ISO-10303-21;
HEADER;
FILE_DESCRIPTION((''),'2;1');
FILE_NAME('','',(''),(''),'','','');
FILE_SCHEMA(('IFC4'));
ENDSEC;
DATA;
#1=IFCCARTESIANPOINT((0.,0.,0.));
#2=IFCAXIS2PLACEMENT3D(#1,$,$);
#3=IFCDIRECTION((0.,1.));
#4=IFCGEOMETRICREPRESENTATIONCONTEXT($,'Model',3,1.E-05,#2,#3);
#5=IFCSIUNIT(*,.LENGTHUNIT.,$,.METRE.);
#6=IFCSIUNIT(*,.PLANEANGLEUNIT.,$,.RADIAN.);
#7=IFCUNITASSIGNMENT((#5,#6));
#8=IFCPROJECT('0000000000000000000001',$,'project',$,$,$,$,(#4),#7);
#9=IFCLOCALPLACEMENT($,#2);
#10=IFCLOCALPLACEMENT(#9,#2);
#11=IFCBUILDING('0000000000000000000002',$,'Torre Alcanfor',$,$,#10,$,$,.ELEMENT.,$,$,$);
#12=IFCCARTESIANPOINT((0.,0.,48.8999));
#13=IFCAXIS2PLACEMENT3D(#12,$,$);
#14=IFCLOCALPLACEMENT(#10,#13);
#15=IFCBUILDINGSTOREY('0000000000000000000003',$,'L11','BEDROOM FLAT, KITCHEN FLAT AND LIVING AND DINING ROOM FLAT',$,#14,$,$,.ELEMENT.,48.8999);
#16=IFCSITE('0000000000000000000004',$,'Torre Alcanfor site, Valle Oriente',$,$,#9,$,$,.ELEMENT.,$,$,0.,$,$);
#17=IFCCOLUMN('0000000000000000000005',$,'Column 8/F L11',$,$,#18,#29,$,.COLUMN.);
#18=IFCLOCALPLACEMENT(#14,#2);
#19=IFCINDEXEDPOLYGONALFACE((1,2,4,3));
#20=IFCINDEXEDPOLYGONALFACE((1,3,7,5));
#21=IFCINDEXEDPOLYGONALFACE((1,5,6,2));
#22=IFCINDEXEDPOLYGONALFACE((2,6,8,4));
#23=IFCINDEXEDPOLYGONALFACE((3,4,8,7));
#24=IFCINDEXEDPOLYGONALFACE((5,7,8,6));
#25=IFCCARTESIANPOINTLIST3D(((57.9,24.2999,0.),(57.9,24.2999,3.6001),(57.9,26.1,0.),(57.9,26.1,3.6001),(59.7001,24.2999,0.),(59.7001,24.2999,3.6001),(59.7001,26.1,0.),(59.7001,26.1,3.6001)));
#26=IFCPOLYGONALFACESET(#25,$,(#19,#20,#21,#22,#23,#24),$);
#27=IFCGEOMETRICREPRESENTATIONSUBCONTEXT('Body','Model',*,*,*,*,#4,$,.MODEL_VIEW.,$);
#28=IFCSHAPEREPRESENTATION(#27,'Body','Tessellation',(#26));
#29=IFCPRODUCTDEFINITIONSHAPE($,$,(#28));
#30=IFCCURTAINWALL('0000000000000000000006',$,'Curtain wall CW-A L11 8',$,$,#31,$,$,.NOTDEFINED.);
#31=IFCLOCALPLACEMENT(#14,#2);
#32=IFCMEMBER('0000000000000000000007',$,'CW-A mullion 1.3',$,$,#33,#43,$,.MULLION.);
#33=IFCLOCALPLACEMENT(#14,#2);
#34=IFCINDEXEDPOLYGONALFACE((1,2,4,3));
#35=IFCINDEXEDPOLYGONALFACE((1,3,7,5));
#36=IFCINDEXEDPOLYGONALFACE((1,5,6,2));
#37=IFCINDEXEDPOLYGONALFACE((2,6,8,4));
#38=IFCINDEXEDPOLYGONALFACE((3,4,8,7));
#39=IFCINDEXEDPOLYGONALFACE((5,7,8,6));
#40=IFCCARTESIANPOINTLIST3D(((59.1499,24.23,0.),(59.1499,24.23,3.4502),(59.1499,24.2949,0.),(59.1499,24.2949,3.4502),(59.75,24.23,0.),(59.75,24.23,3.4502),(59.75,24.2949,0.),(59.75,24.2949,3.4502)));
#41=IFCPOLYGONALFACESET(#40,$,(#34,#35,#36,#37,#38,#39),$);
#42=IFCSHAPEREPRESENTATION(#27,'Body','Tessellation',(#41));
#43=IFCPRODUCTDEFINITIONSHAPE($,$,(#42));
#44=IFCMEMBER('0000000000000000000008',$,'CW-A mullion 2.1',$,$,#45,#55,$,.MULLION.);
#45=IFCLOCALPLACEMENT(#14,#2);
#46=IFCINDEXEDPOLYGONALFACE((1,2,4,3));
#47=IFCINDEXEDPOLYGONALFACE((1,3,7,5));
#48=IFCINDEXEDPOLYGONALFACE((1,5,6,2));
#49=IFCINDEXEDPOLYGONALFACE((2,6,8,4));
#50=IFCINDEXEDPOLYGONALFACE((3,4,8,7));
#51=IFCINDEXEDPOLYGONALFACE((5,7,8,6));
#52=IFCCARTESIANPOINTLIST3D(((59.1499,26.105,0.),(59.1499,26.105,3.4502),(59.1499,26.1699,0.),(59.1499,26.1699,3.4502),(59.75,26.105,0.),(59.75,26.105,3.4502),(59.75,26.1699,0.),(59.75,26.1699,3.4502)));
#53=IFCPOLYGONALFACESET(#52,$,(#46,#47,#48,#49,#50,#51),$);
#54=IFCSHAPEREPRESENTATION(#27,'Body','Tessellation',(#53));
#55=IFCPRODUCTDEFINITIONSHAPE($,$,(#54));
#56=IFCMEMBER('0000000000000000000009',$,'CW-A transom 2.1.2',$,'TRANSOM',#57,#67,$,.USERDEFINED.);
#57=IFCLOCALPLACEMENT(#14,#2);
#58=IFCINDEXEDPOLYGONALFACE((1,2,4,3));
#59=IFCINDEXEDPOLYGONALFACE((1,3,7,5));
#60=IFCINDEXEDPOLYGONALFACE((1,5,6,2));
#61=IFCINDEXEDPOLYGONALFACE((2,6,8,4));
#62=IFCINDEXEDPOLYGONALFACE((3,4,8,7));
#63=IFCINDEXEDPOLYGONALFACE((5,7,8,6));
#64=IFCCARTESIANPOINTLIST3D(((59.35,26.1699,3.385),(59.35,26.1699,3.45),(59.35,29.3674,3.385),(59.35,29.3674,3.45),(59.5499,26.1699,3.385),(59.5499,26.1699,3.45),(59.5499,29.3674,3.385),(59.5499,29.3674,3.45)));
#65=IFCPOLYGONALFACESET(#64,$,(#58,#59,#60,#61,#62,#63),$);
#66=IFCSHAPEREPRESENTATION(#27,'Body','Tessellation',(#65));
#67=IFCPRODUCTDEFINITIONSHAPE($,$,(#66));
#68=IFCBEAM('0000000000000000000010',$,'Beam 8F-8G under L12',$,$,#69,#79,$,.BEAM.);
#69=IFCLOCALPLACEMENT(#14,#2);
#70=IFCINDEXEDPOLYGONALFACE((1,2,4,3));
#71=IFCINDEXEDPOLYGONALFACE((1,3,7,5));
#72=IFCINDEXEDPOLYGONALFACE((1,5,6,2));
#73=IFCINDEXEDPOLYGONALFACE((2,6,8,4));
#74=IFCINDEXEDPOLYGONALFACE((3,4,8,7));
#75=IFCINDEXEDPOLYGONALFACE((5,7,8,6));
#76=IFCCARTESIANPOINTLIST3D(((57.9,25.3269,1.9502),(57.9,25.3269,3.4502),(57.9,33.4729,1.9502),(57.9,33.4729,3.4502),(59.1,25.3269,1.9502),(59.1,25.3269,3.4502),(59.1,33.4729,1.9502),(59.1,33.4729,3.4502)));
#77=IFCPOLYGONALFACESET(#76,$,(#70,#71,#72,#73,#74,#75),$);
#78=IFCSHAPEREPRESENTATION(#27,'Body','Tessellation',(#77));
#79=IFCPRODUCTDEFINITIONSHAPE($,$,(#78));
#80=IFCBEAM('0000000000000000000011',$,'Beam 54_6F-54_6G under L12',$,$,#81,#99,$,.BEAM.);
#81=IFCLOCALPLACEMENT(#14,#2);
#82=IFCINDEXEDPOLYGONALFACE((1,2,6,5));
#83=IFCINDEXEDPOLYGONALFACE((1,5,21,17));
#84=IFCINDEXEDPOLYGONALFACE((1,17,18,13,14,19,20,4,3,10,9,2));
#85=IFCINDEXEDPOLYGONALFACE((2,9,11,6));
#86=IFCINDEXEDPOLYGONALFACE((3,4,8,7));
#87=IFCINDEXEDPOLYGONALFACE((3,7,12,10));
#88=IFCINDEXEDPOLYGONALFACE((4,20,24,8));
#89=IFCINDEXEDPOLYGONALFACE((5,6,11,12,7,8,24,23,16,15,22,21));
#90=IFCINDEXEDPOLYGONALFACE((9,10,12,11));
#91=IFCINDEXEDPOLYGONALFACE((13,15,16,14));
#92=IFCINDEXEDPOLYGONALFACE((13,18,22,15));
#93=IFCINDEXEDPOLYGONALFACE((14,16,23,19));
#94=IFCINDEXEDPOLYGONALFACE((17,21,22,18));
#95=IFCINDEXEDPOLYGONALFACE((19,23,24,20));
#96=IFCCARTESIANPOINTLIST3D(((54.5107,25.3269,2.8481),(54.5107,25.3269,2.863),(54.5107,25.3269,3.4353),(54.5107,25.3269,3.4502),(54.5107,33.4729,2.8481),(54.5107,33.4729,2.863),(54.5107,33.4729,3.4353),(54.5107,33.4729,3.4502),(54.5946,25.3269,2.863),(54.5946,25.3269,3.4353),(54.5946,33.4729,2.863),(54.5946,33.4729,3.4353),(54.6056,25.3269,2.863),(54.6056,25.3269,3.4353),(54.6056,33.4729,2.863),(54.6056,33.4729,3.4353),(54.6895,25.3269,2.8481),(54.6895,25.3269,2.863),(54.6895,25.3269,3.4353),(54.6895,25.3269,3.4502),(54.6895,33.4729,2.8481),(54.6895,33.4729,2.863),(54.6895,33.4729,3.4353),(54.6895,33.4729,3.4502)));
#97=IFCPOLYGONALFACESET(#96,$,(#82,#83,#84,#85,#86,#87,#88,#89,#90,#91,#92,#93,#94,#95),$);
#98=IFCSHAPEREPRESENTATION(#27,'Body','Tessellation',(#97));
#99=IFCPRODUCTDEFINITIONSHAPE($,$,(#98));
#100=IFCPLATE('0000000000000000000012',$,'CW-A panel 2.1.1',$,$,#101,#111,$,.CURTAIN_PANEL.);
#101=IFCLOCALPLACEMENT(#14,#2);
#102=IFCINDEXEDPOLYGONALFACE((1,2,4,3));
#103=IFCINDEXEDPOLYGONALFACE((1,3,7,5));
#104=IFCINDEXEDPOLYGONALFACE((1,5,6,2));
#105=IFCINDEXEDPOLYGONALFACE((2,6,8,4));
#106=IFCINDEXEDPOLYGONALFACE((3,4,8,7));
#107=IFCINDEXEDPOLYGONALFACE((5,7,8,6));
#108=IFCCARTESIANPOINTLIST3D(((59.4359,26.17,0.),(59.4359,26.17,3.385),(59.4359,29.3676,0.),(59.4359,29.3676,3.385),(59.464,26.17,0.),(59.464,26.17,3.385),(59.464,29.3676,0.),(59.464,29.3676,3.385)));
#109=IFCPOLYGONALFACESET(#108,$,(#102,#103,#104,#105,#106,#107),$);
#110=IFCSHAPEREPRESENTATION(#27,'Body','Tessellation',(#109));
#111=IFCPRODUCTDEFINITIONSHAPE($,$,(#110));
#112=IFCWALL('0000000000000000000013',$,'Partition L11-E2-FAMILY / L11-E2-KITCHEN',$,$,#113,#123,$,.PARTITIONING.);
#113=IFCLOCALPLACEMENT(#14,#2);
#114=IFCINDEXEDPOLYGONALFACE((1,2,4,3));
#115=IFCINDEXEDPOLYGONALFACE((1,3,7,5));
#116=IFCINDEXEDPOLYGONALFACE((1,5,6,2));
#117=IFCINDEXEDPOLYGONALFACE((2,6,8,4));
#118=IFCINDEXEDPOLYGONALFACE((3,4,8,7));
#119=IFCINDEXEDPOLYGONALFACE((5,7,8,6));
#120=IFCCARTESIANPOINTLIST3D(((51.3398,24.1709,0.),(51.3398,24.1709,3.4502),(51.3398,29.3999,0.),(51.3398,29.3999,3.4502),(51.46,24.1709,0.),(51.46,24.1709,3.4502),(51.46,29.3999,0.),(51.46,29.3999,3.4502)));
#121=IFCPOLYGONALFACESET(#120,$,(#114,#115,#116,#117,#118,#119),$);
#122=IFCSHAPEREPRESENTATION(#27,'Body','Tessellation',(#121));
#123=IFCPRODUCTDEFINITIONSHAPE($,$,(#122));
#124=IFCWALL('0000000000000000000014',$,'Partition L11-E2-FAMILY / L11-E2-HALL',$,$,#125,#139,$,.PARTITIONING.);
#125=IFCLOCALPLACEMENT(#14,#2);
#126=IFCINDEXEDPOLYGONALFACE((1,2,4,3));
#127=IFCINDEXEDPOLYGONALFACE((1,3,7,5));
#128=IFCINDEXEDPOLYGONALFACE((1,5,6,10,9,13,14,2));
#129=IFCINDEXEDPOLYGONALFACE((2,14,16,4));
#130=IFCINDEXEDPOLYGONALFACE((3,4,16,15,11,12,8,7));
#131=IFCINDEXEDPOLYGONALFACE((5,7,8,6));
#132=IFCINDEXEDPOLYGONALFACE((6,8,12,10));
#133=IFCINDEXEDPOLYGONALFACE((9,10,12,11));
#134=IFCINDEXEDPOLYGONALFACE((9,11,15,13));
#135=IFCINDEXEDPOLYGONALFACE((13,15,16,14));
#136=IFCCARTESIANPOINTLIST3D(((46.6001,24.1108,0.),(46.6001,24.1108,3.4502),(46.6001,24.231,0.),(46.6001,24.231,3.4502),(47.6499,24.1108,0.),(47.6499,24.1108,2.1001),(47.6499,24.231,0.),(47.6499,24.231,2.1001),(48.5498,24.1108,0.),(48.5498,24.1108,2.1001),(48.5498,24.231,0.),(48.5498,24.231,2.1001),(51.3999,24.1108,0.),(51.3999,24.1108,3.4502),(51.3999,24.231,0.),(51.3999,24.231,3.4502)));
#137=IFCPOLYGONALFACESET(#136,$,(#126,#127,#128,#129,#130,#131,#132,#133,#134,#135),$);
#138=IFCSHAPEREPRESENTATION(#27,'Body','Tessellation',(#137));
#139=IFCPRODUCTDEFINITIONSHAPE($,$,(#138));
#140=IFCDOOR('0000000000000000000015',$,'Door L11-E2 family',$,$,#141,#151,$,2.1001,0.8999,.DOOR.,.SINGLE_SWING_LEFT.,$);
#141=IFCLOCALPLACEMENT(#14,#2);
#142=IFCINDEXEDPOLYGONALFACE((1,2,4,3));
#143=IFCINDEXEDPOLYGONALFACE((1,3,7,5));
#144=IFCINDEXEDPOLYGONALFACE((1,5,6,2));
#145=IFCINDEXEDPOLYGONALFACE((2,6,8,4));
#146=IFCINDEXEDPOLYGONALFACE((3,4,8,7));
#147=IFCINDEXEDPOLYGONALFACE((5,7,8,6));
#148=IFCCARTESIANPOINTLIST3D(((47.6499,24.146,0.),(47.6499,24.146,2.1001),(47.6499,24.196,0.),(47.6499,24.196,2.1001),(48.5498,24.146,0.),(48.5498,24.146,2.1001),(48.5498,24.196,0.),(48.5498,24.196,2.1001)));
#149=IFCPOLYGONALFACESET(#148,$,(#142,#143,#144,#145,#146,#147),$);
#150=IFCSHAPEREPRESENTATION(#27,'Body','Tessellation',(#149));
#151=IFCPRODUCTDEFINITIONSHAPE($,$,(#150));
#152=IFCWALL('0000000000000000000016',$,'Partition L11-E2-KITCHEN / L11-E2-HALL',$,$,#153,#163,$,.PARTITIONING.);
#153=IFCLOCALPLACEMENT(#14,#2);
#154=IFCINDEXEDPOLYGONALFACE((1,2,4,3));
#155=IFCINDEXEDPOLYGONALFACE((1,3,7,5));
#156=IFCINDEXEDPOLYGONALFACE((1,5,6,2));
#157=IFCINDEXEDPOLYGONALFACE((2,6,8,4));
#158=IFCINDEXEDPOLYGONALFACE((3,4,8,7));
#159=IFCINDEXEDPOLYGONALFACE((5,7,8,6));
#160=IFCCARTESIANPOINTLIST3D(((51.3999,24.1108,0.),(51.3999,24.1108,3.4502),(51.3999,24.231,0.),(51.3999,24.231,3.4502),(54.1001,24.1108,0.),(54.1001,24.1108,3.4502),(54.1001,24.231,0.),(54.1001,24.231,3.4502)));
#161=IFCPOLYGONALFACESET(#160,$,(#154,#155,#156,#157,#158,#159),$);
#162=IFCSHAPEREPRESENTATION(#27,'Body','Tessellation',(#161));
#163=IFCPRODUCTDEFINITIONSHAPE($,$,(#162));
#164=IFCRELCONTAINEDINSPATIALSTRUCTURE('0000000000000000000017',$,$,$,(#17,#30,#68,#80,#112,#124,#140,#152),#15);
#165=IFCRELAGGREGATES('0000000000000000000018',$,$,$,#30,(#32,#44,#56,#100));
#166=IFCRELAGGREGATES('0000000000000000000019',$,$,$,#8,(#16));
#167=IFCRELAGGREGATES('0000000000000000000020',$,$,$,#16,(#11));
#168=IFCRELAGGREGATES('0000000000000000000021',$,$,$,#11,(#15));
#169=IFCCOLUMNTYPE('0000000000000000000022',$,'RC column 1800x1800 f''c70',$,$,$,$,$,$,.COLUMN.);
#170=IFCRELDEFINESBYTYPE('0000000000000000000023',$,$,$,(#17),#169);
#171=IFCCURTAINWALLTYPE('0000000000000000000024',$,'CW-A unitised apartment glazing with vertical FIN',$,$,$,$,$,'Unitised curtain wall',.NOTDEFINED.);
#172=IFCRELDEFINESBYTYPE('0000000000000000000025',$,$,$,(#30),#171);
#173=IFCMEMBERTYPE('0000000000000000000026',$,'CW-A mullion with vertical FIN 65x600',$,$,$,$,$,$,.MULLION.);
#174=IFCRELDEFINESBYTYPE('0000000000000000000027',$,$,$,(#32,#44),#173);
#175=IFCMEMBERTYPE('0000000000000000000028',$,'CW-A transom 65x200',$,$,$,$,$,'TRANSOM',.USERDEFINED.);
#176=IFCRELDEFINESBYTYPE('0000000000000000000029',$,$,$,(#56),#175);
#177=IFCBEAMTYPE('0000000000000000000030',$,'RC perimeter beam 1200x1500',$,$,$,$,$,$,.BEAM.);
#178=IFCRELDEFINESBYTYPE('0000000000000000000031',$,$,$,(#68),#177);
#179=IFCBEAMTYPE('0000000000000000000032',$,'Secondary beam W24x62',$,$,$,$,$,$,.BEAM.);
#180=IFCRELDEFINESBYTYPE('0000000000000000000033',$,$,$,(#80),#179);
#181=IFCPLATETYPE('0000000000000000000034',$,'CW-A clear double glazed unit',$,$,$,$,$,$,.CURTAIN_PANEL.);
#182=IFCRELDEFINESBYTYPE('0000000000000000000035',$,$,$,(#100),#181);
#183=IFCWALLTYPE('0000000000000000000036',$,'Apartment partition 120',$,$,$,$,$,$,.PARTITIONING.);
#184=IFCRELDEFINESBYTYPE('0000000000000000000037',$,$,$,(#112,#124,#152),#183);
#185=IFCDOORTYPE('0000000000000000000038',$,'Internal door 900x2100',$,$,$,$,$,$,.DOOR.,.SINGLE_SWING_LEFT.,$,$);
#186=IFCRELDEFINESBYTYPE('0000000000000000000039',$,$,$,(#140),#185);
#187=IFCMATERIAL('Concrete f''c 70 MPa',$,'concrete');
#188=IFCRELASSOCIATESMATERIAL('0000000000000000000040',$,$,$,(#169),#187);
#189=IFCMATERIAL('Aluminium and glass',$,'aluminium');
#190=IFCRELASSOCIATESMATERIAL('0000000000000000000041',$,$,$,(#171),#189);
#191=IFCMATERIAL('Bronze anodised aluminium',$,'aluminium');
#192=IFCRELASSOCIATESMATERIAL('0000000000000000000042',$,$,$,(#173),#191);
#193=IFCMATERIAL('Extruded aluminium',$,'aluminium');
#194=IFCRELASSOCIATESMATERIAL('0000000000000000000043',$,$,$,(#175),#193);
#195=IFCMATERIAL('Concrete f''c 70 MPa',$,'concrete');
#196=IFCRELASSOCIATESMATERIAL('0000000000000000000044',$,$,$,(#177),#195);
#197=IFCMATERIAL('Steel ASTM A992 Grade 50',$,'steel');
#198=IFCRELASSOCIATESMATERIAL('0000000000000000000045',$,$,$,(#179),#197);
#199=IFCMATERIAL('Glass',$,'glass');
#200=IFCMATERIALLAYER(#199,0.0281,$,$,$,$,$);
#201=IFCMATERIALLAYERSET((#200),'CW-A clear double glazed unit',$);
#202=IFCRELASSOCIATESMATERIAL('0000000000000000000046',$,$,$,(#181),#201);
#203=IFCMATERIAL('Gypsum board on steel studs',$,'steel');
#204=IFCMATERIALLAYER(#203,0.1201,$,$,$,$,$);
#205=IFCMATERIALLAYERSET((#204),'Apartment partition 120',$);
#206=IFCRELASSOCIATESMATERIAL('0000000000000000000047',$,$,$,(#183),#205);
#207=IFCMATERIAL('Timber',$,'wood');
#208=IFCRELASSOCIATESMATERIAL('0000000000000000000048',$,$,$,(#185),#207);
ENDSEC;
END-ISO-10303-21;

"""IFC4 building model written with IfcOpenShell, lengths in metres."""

from ifc_helpers import new_model, si_unit, direction, frame, frame_2d, origin, origin_2d, place, context, subcontext, project, spatial, rectangle, i_section, extrude, material, layer, layer_set, material_profile, profile_set, type_object, element, fill, aggregate, save


model = new_model("IFC4")

# Units and contexts
model_context = context("Model", 3, precision=1e-05, world=origin(), true_north=direction((0.0, 1.0)))
body_context = subcontext(model_context, "Body", "Model", "MODEL_VIEW")
ifc_project = project(units=[si_unit("LENGTHUNIT", "METRE"), si_unit("PLANEANGLEUNIT", "RADIAN")], contexts=[model_context])

# Site, building, storey
site_placement = place(None, origin())
site = spatial("IfcSite", under=ifc_project, at=site_placement, Name="Torre Alcanfor site, Valle Oriente", CompositionType="ELEMENT", RefElevation=0.0)
building_placement = place(site_placement, origin())
building = spatial("IfcBuilding", under=site, at=building_placement, Name="Torre Alcanfor", CompositionType="ELEMENT")
storey_placement = place(building_placement, frame((0.0, 0.0, 48.8999)))
storey = spatial("IfcBuildingStorey", under=building, at=storey_placement, Name="L11", Description="BEDROOM FLAT, KITCHEN FLAT AND LIVING AND DINING ROOM FLAT", CompositionType="ELEMENT", Elevation=48.8999)

# Column
ifc_material_1 = material(Name="Concrete f'c 70 MPa", Category="concrete")
ifc_material_profile_1 = material_profile(ifc_material_1, rectangle(XDim=1.8, YDim=1.8, at=origin_2d()), Name="1800x1800")
ifc_profile_set_1 = profile_set([ifc_material_profile_1], Name="Concrete f'c 70 MPa")
column_type = type_object("IfcColumnType", Name="RC column 1800x1800 f'c70", PredefinedType="COLUMN", material=ifc_profile_set_1)
column_placement = place(storey_placement, frame((58.8, 25.2, 0.0), z_axis=(0.0, 0.0, 1.0), x_axis=(1.0, 0.0, 0.0)))
element("IfcColumn", 1, at=column_placement, inside=storey, type_object=column_type, Name="Column 8/F L11", PredefinedType="COLUMN", context=body_context, shape_type="SweptSolid", body=[
    extrude(rectangle(XDim=1.8, YDim=1.8, at=origin_2d()), origin(), (0.0, 0.0, 1.0), 3.6001),
])

# Curtain wall, members
ifc_material_2 = material(Name="Aluminium and glass", Category="aluminium")
curtain_wall_type = type_object("IfcCurtainWallType", Name="CW-A unitised apartment glazing with vertical FIN", ElementType="Unitised curtain wall", PredefinedType="NOTDEFINED", material=ifc_material_2)
curtain_wall_placement = place(storey_placement, origin())
curtain_wall = element("IfcCurtainWall", 2, at=curtain_wall_placement, inside=storey, type_object=curtain_wall_type, Name="Curtain wall CW-A L11 8", PredefinedType="NOTDEFINED")
ifc_material_3 = material(Name="Bronze anodised aluminium", Category="aluminium")
ifc_material_profile_2 = material_profile(ifc_material_3, rectangle(XDim=0.6001, YDim=0.0649, at=origin_2d()), Name="CW-A mullion 65x600")
ifc_profile_set_2 = profile_set([ifc_material_profile_2], Name="Bronze anodised aluminium")
member_type_1 = type_object("IfcMemberType", Name="CW-A mullion with vertical FIN 65x600", PredefinedType="MULLION", material=ifc_profile_set_2)
member_1_placement = place(storey_placement, frame((59.45, 24.2625, 0.0), z_axis=(0.0, 0.0, 1.0), x_axis=(-1.0, 0.0, 0.0)))
member_1 = element("IfcMember", 3, at=member_1_placement, type_object=member_type_1, Name="CW-A mullion 1.3", PredefinedType="MULLION", context=body_context, shape_type="SweptSolid", body=[
    extrude(rectangle(XDim=0.6001, YDim=0.0649, at=origin_2d()), origin(), (0.0, 0.0, 1.0), 3.4502),
])
member_2_placement = place(storey_placement, frame((59.45, 26.1375, 0.0), z_axis=(0.0, 0.0, 1.0), x_axis=(-1.0, 0.0, 0.0)))
member_2 = element("IfcMember", 4, at=member_2_placement, type_object=member_type_1, Name="CW-A mullion 2.1", PredefinedType="MULLION", context=body_context, shape_type="SweptSolid", body=[
    extrude(rectangle(XDim=0.6001, YDim=0.0649, at=origin_2d()), origin(), (0.0, 0.0, 1.0), 3.4502),
])
ifc_material_4 = material(Name="Extruded aluminium", Category="aluminium")
ifc_material_profile_3 = material_profile(ifc_material_4, rectangle(XDim=0.2, YDim=0.0649, at=origin_2d()), Name="CW-A transom 200x65")
ifc_profile_set_3 = profile_set([ifc_material_profile_3], Name="Extruded aluminium")
member_type_2 = type_object("IfcMemberType", Name="CW-A transom 65x200", ElementType="TRANSOM", PredefinedType="USERDEFINED", material=ifc_profile_set_3)
member_3_placement = place(storey_placement, frame((59.45, 26.1699, 3.4175), z_axis=(0.0, 1.0, 0.0), x_axis=(-1.0, 0.0, 0.0)))
member_3 = element("IfcMember", 5, at=member_3_placement, type_object=member_type_2, Name="CW-A transom 2.1.2", ObjectType="TRANSOM", PredefinedType="USERDEFINED", context=body_context, shape_type="SweptSolid", body=[
    extrude(rectangle(XDim=0.2, YDim=0.0649, at=origin_2d()), origin(), (0.0, 0.0, 1.0), 3.1975),
])

# Beams
ifc_material_5 = material(Name="Concrete f'c 70 MPa", Category="concrete")
ifc_material_profile_4 = material_profile(ifc_material_5, rectangle(XDim=1.2, YDim=1.5, at=origin_2d()), Name="1200x1500")
ifc_profile_set_4 = profile_set([ifc_material_profile_4], Name="Concrete f'c 70 MPa")
beam_type_1 = type_object("IfcBeamType", Name="RC perimeter beam 1200x1500", PredefinedType="BEAM", material=ifc_profile_set_4)
beam_1_placement = place(storey_placement, frame((58.5, 25.3269, 2.7002), z_axis=(0.0, 1.0, 0.0), x_axis=(-1.0, 0.0, 0.0)))
element("IfcBeam", 6, at=beam_1_placement, inside=storey, type_object=beam_type_1, Name="Beam 8F-8G under L12", PredefinedType="BEAM", context=body_context, shape_type="SweptSolid", body=[
    extrude(rectangle(XDim=1.2, YDim=1.5, at=origin_2d()), origin(), (0.0, 0.0, 1.0), 8.146),
])
ifc_material_6 = material(Name="Steel ASTM A992 Grade 50", Category="steel")
ifc_material_profile_5 = material_profile(ifc_material_6, i_section(OverallWidth=0.1787, OverallDepth=0.6021, WebThickness=0.011, FlangeThickness=0.0149, at=origin_2d()), Name="W24x62")
ifc_profile_set_5 = profile_set([ifc_material_profile_5], Name="Steel ASTM A992 Grade 50")
beam_type_2 = type_object("IfcBeamType", Name="Secondary beam W24x62", PredefinedType="BEAM", material=ifc_profile_set_5)
beam_2_placement = place(storey_placement, frame((54.6001, 25.3269, 3.1492), z_axis=(0.0, 1.0, 0.0), x_axis=(-1.0, 0.0, 0.0)))
element("IfcBeam", 7, at=beam_2_placement, inside=storey, type_object=beam_type_2, Name="Beam 54_6F-54_6G under L12", PredefinedType="BEAM", context=body_context, shape_type="SweptSolid", body=[
    extrude(i_section(OverallWidth=0.1787, OverallDepth=0.6021, WebThickness=0.011, FlangeThickness=0.0149, at=origin_2d()), origin(), (0.0, 0.0, 1.0), 8.146),
])

# Plate
ifc_material_7 = material(Name="Glass", Category="glass")
ifc_layer_1 = layer(ifc_material_7, 0.0281)
ifc_layer_set_1 = layer_set([ifc_layer_1], Name="CW-A clear double glazed unit")
plate_type = type_object("IfcPlateType", Name="CW-A clear double glazed unit", PredefinedType="CURTAIN_PANEL", material=ifc_layer_set_1)
plate_placement = place(storey_placement, frame((59.45, 27.7688, 0.0), z_axis=(0.0, 0.0, 1.0), x_axis=(0.0, 1.0, 0.0)))
plate = element("IfcPlate", 8, at=plate_placement, type_object=plate_type, Name="CW-A panel 2.1.1", PredefinedType="CURTAIN_PANEL", context=body_context, shape_type="SweptSolid", body=[
    extrude(rectangle(XDim=3.1975, YDim=0.0281, at=origin_2d()), origin(), (0.0, 0.0, 1.0), 3.385),
])
aggregate(curtain_wall, [member_1, member_2, member_3, plate])

# Wall
ifc_material_8 = material(Name="Gypsum board on steel studs", Category="steel")
ifc_layer_2 = layer(ifc_material_8, 0.1201)
ifc_layer_set_2 = layer_set([ifc_layer_2], Name="Apartment partition 120")
wall_type_1 = type_object("IfcWallType", Name="Apartment partition 120", PredefinedType="PARTITIONING", material=ifc_layer_set_2)
wall_1_placement = place(storey_placement, frame((51.3999, 29.3999, 0.0), z_axis=(0.0, 0.0, 1.0), x_axis=(0.0, -1.0, 0.0)))
element("IfcWall", 9, at=wall_1_placement, inside=storey, type_object=wall_type_1, Name="Partition L11-E2-FAMILY / L11-E2-KITCHEN", PredefinedType="PARTITIONING", context=body_context, shape_type="SweptSolid", body=[
    extrude(rectangle(XDim=5.229, YDim=0.1201, at=frame_2d((2.6145, 0.0))), origin(), (0.0, 0.0, 1.0), 3.4502),
])

# Wall, opening, door
wall_2_placement = place(storey_placement, frame((51.3999, 24.1709, 0.0), z_axis=(0.0, 0.0, 1.0), x_axis=(-1.0, 0.0, 0.0)))
wall_2 = element("IfcWall", 10, at=wall_2_placement, inside=storey, type_object=wall_type_1, Name="Partition L11-E2-FAMILY / L11-E2-HALL", PredefinedType="PARTITIONING", context=body_context, shape_type="SweptSolid", body=[
    extrude(rectangle(XDim=4.7998, YDim=0.1201, at=frame_2d((2.3999, 0.0))), origin(), (0.0, 0.0, 1.0), 3.4502),
])
opening_1_placement = place(wall_2_placement, frame((2.8501, 0.0, 0.0)))
opening_1 = element("IfcOpeningElement", 11, at=opening_1_placement, cuts=wall_2, PredefinedType="OPENING", context=body_context, shape_type="SweptSolid", body=[
    extrude(rectangle(XDim=0.8999, YDim=2.1001, at=frame_2d((0.45, 1.05))), frame((0.0, 0.0701, 0.0), z_axis=(0.0, -1.0, 0.0), x_axis=(1.0, 0.0, 0.0)), (0.0, 0.0, 1.0), 0.1401),
])
ifc_material_9 = material(Name="Timber", Category="wood")
door_type = type_object("IfcDoorType", Name="Internal door 900x2100", OperationType="SINGLE_SWING_LEFT", PredefinedType="DOOR", material=ifc_material_9)
door_1_placement = place(opening_1_placement, frame((0.8999, 0.0, 0.0), z_axis=(0.0, 0.0, 1.0), x_axis=(-1.0, 0.0, 0.0)))
door_1 = element("IfcDoor", 12, at=door_1_placement, inside=storey, type_object=door_type, Name="Door L11-E2 family", OperationType="SINGLE_SWING_LEFT", OverallHeight=2.1001, OverallWidth=0.8999, PredefinedType="DOOR", context=body_context, shape_type="SweptSolid", body=[
    extrude(rectangle(XDim=0.8999, YDim=2.1001, at=frame_2d((0.45, 1.05))), frame((0.0, 0.0251, 0.0), z_axis=(0.0, -1.0, 0.0), x_axis=(1.0, 0.0, 0.0)), (0.0, 0.0, 1.0), 0.05),
])
fill(opening_1, door_1)

# Wall
wall_3_placement = place(storey_placement, frame((54.1001, 24.1709, 0.0), z_axis=(0.0, 0.0, 1.0), x_axis=(-1.0, 0.0, 0.0)))
element("IfcWall", 13, at=wall_3_placement, inside=storey, type_object=wall_type_1, Name="Partition L11-E2-KITCHEN / L11-E2-HALL", PredefinedType="PARTITIONING", context=body_context, shape_type="SweptSolid", body=[
    extrude(rectangle(XDim=2.7002, YDim=0.1201, at=frame_2d((1.3501, 0.0))), origin(), (0.0, 0.0, 1.0), 3.4502),
])

save(model, "model.ifc")
